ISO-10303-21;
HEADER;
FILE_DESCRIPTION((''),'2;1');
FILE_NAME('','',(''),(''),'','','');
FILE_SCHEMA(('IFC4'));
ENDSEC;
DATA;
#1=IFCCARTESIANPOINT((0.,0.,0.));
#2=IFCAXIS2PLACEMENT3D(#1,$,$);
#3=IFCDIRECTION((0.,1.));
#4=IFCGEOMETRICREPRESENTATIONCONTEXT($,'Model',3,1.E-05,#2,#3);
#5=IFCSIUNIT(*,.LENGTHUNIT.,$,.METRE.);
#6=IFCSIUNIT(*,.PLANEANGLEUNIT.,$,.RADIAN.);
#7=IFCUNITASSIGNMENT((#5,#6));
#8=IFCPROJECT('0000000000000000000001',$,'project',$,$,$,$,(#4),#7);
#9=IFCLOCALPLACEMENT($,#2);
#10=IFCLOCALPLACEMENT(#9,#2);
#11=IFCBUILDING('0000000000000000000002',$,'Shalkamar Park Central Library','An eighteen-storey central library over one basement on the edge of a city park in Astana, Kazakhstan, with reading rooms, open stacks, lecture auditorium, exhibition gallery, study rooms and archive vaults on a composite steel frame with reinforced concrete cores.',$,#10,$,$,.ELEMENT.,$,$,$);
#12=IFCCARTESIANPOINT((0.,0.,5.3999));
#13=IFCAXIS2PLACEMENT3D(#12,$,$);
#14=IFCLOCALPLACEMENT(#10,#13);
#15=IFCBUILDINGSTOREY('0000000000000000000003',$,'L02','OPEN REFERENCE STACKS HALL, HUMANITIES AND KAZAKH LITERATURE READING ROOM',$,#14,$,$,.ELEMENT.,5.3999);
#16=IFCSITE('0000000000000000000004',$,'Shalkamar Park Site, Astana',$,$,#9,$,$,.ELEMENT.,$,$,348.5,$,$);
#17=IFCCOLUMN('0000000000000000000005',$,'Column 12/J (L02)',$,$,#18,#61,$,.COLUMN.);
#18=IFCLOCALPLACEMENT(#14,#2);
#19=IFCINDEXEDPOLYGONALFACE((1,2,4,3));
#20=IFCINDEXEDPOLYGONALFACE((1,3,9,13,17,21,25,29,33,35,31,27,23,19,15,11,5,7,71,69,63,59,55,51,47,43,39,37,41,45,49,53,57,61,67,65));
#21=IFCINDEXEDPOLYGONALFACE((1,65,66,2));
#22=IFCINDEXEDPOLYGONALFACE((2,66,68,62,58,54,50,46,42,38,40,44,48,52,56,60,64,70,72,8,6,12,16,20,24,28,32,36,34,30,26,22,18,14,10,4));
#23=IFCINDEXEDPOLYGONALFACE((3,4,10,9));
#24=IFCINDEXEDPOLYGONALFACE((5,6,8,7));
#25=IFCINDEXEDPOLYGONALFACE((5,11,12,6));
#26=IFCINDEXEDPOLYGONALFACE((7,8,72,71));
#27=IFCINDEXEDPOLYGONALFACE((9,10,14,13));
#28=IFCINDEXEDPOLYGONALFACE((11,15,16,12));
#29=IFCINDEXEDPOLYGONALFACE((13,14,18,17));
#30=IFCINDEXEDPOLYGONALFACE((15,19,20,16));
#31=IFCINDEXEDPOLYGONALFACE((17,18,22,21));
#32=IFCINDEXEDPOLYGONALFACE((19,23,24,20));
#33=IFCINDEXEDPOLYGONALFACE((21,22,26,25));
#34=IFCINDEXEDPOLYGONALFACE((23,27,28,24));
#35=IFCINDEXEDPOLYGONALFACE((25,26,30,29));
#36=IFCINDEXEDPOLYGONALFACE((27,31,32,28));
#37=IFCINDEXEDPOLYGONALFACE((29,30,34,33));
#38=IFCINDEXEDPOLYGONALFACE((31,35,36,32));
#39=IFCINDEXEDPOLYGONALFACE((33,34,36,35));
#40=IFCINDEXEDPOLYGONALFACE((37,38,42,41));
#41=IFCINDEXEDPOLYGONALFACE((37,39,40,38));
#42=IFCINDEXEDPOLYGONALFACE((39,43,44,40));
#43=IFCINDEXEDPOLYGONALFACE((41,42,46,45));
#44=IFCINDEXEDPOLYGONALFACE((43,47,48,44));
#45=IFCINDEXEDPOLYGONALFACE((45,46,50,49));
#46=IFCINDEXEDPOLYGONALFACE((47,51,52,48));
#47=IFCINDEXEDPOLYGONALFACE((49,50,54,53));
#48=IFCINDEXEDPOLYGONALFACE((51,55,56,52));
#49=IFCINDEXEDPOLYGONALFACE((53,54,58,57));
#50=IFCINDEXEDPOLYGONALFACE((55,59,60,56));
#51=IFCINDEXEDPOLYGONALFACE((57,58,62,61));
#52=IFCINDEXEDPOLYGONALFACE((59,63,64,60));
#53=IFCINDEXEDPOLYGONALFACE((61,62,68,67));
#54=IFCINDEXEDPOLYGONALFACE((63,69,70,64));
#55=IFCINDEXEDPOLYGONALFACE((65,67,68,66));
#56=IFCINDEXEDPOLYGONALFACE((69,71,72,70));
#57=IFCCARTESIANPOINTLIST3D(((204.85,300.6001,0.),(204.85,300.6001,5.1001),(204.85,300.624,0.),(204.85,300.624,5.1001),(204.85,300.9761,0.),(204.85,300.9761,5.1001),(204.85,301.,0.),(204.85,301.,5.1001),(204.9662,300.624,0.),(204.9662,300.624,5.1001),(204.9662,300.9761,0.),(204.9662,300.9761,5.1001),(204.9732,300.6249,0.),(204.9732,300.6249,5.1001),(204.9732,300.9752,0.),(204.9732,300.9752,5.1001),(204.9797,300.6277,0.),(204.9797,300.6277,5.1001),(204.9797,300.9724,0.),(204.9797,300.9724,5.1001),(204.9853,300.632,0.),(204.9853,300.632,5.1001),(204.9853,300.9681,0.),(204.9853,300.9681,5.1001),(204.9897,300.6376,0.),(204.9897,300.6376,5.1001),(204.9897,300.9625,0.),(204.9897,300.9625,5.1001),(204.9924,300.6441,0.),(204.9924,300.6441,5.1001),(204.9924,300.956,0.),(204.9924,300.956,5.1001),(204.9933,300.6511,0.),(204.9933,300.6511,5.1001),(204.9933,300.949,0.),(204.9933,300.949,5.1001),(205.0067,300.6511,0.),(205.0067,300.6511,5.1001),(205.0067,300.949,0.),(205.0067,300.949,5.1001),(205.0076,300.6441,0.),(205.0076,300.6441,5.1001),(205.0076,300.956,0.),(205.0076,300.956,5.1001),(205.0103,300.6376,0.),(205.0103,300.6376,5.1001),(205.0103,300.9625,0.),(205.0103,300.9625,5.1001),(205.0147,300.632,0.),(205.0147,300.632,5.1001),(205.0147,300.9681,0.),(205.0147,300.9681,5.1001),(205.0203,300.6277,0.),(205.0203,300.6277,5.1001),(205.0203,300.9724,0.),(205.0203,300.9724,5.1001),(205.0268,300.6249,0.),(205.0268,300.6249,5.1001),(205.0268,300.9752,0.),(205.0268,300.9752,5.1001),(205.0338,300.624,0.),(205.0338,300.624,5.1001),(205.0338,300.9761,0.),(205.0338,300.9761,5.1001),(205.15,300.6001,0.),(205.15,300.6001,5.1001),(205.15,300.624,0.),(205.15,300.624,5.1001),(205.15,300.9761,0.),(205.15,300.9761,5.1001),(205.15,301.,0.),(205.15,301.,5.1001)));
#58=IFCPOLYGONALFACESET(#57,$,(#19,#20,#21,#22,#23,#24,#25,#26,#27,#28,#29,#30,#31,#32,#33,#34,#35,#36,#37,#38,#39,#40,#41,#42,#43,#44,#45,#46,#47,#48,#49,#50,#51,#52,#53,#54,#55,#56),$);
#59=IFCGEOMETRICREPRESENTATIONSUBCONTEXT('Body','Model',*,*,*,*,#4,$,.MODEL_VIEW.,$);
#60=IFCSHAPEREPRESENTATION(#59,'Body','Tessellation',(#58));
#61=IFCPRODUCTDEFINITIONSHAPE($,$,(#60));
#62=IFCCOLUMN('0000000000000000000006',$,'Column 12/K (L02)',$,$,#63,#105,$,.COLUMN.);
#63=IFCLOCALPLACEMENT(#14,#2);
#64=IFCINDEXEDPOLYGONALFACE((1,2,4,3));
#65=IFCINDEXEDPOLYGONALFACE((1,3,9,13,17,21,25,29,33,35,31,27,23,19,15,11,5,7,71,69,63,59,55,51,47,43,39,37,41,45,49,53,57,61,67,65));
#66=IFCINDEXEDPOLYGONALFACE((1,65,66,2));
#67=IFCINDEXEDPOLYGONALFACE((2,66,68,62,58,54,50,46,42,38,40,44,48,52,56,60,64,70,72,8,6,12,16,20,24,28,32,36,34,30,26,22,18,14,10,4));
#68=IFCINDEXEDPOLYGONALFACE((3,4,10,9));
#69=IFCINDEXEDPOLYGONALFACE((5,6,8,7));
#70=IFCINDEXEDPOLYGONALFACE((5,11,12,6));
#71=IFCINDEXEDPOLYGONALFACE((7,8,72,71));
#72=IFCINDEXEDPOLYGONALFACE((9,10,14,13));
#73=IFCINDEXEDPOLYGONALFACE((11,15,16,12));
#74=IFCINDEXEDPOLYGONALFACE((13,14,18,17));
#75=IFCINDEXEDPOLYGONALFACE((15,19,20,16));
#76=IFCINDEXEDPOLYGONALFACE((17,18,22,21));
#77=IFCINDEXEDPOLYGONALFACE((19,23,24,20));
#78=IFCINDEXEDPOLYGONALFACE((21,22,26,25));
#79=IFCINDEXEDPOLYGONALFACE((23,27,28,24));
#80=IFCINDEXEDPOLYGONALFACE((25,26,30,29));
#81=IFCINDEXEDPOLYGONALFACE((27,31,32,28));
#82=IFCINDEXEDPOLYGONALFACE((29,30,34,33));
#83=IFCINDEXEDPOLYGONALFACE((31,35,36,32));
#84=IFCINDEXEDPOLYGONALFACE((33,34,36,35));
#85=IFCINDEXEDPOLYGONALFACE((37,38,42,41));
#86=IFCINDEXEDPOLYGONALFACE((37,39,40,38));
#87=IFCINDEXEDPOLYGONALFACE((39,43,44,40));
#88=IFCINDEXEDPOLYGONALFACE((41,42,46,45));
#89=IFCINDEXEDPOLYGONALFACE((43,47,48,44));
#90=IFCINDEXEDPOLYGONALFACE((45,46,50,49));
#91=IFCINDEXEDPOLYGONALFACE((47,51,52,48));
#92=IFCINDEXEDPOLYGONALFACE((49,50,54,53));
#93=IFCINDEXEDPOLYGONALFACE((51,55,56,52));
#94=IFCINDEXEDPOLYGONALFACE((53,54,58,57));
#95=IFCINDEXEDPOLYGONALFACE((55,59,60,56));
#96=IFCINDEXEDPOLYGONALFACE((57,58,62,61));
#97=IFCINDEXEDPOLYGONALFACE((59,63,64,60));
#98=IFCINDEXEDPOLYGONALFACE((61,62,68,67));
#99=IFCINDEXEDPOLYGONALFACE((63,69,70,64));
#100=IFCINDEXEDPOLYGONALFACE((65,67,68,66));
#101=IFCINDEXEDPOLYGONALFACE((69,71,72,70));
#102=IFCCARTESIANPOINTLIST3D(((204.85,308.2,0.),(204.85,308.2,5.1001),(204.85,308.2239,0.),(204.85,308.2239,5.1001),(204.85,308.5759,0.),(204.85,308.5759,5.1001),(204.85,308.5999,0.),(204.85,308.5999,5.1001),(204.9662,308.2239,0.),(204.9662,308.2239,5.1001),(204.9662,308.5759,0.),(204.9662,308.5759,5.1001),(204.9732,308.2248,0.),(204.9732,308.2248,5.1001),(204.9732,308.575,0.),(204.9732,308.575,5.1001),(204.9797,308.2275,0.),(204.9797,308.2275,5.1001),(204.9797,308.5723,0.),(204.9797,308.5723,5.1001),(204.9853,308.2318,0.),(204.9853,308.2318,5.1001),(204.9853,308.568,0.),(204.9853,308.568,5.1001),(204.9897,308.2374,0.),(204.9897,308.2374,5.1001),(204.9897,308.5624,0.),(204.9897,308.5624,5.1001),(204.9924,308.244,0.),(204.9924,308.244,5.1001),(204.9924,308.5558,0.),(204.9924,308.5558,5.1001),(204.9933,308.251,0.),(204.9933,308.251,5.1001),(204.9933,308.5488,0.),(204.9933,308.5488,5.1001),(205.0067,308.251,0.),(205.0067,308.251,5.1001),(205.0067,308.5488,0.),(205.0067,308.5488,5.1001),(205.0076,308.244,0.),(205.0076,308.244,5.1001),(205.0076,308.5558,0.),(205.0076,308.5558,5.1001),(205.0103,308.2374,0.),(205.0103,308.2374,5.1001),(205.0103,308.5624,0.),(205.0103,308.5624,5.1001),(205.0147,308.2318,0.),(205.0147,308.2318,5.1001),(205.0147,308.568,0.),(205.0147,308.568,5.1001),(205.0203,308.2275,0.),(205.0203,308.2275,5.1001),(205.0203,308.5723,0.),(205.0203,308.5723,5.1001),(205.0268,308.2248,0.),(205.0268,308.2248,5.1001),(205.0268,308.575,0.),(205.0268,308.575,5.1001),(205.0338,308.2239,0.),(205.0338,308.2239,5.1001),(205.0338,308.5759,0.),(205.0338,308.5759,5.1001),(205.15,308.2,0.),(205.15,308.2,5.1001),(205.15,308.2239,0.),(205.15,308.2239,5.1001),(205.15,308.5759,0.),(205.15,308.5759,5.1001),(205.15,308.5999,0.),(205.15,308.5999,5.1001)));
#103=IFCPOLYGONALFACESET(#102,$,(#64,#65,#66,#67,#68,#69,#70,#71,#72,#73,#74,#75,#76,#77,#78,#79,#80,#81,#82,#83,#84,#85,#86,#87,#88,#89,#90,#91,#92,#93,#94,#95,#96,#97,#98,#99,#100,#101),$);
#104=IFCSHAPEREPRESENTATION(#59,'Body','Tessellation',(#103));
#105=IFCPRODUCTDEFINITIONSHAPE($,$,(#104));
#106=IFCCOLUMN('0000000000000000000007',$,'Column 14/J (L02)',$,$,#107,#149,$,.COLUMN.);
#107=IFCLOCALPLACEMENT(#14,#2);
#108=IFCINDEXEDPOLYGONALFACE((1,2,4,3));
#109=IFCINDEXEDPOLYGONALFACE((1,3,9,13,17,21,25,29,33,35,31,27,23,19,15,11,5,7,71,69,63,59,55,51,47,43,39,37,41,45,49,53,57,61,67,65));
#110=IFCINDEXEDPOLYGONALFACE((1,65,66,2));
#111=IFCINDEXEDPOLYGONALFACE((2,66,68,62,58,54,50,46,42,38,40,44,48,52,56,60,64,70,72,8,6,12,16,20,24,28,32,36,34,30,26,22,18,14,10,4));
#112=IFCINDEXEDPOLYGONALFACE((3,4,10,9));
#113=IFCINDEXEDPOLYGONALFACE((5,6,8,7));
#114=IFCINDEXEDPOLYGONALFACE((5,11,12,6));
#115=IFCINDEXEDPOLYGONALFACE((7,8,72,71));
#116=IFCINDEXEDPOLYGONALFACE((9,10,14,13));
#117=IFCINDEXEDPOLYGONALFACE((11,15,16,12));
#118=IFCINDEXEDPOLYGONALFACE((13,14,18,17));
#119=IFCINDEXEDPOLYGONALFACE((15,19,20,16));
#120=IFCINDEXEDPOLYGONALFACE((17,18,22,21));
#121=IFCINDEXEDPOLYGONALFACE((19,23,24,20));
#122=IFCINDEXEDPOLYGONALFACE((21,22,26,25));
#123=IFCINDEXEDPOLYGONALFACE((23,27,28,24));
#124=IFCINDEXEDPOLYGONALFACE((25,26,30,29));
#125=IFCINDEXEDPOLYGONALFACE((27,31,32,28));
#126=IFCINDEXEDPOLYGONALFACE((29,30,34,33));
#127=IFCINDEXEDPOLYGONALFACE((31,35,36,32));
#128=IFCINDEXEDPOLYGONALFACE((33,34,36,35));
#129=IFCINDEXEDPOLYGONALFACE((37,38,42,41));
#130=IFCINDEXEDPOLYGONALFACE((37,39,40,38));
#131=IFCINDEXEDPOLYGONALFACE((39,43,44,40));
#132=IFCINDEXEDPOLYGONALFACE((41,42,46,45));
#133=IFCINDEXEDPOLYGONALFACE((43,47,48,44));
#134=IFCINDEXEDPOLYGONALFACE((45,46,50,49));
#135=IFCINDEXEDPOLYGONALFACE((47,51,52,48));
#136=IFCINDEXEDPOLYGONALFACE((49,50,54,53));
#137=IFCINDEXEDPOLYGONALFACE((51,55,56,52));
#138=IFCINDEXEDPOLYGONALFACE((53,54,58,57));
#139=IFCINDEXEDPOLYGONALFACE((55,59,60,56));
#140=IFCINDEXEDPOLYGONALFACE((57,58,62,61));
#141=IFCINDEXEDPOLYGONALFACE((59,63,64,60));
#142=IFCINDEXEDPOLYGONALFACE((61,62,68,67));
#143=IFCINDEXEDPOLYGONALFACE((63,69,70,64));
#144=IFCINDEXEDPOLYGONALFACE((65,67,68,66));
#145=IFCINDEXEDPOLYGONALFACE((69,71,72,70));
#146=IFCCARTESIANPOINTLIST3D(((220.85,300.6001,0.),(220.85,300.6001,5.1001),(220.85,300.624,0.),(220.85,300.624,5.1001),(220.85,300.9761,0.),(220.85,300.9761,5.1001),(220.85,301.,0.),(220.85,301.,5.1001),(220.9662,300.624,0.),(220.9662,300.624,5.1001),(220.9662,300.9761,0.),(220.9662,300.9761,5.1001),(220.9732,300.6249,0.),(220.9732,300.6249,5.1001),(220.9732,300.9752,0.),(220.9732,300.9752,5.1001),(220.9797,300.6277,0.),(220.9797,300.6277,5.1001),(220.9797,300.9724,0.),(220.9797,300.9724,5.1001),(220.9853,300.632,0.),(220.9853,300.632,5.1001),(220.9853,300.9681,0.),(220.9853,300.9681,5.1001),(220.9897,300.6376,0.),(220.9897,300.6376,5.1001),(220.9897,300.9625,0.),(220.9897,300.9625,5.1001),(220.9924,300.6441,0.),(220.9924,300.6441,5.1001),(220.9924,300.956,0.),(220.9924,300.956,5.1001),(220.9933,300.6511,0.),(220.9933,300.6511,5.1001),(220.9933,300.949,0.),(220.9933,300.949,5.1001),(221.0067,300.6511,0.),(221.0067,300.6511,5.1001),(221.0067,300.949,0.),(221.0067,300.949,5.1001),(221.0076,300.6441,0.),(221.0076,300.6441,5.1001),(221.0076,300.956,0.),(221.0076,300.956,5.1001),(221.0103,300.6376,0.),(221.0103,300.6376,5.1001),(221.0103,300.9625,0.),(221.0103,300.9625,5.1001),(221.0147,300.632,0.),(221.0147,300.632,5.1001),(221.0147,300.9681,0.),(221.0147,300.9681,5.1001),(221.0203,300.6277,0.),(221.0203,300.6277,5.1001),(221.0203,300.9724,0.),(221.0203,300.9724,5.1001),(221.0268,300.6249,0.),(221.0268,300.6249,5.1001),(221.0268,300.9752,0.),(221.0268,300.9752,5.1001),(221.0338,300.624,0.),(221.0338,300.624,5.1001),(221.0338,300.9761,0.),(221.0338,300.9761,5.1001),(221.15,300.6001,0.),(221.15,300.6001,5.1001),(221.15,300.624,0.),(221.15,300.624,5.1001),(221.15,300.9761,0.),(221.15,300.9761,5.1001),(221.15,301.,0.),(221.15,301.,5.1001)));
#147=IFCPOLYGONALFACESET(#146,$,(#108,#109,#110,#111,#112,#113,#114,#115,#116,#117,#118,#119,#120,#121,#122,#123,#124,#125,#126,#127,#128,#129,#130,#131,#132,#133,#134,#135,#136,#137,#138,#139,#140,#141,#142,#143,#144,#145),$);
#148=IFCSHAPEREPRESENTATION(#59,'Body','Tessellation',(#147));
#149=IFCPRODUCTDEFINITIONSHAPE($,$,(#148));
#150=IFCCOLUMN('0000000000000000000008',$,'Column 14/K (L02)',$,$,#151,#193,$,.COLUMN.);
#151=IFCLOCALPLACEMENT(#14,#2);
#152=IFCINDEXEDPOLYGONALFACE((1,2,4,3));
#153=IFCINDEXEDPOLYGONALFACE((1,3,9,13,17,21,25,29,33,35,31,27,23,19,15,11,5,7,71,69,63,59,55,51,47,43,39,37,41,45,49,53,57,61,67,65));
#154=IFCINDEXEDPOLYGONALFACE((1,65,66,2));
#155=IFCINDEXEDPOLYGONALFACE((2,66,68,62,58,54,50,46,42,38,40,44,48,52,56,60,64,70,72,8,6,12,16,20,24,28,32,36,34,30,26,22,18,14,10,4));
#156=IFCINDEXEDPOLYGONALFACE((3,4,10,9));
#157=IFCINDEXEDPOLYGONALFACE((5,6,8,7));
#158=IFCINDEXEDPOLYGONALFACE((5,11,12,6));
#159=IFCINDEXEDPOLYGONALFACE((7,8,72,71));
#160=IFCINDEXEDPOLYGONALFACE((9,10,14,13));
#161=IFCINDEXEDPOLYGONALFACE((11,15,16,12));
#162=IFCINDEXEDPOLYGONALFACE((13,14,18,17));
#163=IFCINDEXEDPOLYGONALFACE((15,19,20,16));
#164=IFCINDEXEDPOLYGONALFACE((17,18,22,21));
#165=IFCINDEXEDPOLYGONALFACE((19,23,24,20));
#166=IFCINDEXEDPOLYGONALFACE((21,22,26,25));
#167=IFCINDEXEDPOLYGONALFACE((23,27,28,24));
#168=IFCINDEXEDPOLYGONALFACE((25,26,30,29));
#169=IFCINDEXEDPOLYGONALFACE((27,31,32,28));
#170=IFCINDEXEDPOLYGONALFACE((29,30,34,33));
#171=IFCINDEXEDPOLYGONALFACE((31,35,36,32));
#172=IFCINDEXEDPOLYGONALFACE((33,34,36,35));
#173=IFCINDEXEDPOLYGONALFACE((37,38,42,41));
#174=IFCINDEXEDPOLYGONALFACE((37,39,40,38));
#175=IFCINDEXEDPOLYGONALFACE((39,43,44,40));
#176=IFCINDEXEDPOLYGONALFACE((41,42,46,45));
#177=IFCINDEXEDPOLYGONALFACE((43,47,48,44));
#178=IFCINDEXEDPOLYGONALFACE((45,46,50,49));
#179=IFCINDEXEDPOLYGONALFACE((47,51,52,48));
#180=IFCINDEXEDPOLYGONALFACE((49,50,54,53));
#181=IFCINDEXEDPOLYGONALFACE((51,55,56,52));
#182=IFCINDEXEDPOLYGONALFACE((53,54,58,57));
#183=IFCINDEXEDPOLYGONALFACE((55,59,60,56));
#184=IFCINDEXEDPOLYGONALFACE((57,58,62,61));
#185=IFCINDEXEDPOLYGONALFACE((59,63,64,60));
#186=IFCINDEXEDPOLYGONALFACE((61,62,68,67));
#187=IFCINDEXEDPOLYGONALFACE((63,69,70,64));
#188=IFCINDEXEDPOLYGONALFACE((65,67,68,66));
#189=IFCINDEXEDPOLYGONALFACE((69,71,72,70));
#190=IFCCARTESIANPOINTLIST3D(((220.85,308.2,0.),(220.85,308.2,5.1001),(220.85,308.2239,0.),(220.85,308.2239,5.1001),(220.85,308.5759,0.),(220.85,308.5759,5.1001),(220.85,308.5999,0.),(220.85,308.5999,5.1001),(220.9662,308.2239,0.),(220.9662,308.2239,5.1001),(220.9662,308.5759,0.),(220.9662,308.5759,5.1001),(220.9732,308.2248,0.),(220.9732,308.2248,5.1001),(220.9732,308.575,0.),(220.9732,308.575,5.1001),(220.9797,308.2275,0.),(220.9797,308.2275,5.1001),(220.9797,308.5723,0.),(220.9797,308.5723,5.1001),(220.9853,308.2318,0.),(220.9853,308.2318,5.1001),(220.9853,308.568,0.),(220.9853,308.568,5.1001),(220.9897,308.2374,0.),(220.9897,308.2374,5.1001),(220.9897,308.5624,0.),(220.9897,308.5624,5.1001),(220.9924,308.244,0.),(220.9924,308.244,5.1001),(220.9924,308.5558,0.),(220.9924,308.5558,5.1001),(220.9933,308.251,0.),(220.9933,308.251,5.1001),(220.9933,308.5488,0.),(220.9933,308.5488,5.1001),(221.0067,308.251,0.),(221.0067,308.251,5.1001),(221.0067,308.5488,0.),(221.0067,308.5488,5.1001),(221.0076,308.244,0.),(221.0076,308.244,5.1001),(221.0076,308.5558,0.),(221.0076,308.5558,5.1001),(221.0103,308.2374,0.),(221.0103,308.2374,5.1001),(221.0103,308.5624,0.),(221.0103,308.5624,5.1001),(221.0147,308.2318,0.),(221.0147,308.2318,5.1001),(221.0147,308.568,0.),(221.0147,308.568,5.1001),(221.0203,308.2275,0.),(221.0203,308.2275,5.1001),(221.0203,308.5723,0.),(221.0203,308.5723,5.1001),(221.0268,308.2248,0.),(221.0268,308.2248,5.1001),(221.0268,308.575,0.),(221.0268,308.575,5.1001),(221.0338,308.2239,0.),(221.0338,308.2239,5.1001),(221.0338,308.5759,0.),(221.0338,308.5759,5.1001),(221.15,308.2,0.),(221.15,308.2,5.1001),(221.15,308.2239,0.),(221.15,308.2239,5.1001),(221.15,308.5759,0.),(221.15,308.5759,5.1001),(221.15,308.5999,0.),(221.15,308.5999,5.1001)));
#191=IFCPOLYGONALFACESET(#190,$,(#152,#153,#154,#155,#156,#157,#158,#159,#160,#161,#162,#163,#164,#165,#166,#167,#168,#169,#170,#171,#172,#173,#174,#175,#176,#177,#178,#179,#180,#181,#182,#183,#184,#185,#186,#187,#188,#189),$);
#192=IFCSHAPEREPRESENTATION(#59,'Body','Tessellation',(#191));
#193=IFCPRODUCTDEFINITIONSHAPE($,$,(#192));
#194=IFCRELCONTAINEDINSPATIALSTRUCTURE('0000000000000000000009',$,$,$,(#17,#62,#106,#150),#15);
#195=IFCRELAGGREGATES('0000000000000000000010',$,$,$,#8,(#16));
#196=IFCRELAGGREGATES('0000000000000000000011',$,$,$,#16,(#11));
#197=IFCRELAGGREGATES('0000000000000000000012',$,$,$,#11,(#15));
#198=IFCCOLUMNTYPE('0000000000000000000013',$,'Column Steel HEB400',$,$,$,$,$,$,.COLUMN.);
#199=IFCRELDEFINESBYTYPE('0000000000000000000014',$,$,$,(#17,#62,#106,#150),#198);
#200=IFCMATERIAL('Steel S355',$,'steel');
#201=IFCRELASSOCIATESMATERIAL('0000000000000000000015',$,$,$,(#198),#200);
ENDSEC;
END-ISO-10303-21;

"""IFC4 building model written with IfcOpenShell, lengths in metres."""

from ifc_helpers import new_model, si_unit, direction, frame, origin, origin_2d, place, context, subcontext, project, spatial, i_section, extrude, material, material_profile, profile_set, type_object, element, save


model = new_model("IFC4")

# Units and contexts
model_context = context("Model", 3, precision=1e-05, world=origin(), true_north=direction((0.0, 1.0)))
body_context = subcontext(model_context, "Body", "Model", "MODEL_VIEW")
ifc_project = project(units=[si_unit("LENGTHUNIT", "METRE"), si_unit("PLANEANGLEUNIT", "RADIAN")], contexts=[model_context])

# Site, building, storey
site_placement = place(None, origin())
site = spatial("IfcSite", under=ifc_project, at=site_placement, Name="Shalkamar Park Site, Astana", CompositionType="ELEMENT", RefElevation=348.5)
building_placement = place(site_placement, origin())
building = spatial("IfcBuilding", under=site, at=building_placement, Name="Shalkamar Park Central Library", Description="An eighteen-storey central library over one basement on the edge of a city park in Astana, Kazakhstan, with reading rooms, open stacks, lecture auditorium, exhibition gallery, study rooms and archive vaults on a composite steel frame with reinforced concrete cores.", CompositionType="ELEMENT")
storey_placement = place(building_placement, frame((0.0, 0.0, 5.3999)))
storey = spatial("IfcBuildingStorey", under=building, at=storey_placement, Name="L02", Description="OPEN REFERENCE STACKS HALL, HUMANITIES AND KAZAKH LITERATURE READING ROOM", CompositionType="ELEMENT", Elevation=5.3999)

# Columns
ifc_material_1 = material(Name="Steel S355", Category="steel")
ifc_material_profile_1 = material_profile(ifc_material_1, i_section(OverallWidth=0.3, OverallDepth=0.3999, WebThickness=0.0134, FlangeThickness=0.0239, FilletRadius=0.0271, at=origin_2d()), Name="HEB 400")
ifc_profile_set_1 = profile_set([ifc_material_profile_1], Name="Steel S355")
column_type_1 = type_object("IfcColumnType", Name="Column Steel HEB400", PredefinedType="COLUMN", material=ifc_profile_set_1)
for number, where, z_axis, x_axis, name in (
    (1, (205.0, 300.8, 0.0), (0.0, 0.0, 1.0), (1.0, 0.0, 0.0), "Column 12/J (L02)"),
    (2, (205.0, 308.3999, 0.0), (0.0, 0.0, 1.0), (1.0, 0.0, 0.0), "Column 12/K (L02)"),
    (3, (221.0, 300.8, 0.0), (0.0, 0.0, 1.0), (1.0, 0.0, 0.0), "Column 14/J (L02)"),
    (4, (221.0, 308.3999, 0.0), (0.0, 0.0, 1.0), (1.0, 0.0, 0.0), "Column 14/K (L02)"),
):
    element("IfcColumn", number, at=place(storey_placement, frame(where, z_axis=z_axis, x_axis=x_axis)), inside=storey, type_object=column_type_1, Name=name, PredefinedType="COLUMN", context=body_context, shape_type="SweptSolid", body=[
        extrude(i_section(OverallWidth=0.3, OverallDepth=0.3999, WebThickness=0.0134, FlangeThickness=0.0239, FilletRadius=0.0271, at=origin_2d()), origin(), (0.0, 0.0, 1.0), 5.1001),
    ])

save(model, "model.ifc")
